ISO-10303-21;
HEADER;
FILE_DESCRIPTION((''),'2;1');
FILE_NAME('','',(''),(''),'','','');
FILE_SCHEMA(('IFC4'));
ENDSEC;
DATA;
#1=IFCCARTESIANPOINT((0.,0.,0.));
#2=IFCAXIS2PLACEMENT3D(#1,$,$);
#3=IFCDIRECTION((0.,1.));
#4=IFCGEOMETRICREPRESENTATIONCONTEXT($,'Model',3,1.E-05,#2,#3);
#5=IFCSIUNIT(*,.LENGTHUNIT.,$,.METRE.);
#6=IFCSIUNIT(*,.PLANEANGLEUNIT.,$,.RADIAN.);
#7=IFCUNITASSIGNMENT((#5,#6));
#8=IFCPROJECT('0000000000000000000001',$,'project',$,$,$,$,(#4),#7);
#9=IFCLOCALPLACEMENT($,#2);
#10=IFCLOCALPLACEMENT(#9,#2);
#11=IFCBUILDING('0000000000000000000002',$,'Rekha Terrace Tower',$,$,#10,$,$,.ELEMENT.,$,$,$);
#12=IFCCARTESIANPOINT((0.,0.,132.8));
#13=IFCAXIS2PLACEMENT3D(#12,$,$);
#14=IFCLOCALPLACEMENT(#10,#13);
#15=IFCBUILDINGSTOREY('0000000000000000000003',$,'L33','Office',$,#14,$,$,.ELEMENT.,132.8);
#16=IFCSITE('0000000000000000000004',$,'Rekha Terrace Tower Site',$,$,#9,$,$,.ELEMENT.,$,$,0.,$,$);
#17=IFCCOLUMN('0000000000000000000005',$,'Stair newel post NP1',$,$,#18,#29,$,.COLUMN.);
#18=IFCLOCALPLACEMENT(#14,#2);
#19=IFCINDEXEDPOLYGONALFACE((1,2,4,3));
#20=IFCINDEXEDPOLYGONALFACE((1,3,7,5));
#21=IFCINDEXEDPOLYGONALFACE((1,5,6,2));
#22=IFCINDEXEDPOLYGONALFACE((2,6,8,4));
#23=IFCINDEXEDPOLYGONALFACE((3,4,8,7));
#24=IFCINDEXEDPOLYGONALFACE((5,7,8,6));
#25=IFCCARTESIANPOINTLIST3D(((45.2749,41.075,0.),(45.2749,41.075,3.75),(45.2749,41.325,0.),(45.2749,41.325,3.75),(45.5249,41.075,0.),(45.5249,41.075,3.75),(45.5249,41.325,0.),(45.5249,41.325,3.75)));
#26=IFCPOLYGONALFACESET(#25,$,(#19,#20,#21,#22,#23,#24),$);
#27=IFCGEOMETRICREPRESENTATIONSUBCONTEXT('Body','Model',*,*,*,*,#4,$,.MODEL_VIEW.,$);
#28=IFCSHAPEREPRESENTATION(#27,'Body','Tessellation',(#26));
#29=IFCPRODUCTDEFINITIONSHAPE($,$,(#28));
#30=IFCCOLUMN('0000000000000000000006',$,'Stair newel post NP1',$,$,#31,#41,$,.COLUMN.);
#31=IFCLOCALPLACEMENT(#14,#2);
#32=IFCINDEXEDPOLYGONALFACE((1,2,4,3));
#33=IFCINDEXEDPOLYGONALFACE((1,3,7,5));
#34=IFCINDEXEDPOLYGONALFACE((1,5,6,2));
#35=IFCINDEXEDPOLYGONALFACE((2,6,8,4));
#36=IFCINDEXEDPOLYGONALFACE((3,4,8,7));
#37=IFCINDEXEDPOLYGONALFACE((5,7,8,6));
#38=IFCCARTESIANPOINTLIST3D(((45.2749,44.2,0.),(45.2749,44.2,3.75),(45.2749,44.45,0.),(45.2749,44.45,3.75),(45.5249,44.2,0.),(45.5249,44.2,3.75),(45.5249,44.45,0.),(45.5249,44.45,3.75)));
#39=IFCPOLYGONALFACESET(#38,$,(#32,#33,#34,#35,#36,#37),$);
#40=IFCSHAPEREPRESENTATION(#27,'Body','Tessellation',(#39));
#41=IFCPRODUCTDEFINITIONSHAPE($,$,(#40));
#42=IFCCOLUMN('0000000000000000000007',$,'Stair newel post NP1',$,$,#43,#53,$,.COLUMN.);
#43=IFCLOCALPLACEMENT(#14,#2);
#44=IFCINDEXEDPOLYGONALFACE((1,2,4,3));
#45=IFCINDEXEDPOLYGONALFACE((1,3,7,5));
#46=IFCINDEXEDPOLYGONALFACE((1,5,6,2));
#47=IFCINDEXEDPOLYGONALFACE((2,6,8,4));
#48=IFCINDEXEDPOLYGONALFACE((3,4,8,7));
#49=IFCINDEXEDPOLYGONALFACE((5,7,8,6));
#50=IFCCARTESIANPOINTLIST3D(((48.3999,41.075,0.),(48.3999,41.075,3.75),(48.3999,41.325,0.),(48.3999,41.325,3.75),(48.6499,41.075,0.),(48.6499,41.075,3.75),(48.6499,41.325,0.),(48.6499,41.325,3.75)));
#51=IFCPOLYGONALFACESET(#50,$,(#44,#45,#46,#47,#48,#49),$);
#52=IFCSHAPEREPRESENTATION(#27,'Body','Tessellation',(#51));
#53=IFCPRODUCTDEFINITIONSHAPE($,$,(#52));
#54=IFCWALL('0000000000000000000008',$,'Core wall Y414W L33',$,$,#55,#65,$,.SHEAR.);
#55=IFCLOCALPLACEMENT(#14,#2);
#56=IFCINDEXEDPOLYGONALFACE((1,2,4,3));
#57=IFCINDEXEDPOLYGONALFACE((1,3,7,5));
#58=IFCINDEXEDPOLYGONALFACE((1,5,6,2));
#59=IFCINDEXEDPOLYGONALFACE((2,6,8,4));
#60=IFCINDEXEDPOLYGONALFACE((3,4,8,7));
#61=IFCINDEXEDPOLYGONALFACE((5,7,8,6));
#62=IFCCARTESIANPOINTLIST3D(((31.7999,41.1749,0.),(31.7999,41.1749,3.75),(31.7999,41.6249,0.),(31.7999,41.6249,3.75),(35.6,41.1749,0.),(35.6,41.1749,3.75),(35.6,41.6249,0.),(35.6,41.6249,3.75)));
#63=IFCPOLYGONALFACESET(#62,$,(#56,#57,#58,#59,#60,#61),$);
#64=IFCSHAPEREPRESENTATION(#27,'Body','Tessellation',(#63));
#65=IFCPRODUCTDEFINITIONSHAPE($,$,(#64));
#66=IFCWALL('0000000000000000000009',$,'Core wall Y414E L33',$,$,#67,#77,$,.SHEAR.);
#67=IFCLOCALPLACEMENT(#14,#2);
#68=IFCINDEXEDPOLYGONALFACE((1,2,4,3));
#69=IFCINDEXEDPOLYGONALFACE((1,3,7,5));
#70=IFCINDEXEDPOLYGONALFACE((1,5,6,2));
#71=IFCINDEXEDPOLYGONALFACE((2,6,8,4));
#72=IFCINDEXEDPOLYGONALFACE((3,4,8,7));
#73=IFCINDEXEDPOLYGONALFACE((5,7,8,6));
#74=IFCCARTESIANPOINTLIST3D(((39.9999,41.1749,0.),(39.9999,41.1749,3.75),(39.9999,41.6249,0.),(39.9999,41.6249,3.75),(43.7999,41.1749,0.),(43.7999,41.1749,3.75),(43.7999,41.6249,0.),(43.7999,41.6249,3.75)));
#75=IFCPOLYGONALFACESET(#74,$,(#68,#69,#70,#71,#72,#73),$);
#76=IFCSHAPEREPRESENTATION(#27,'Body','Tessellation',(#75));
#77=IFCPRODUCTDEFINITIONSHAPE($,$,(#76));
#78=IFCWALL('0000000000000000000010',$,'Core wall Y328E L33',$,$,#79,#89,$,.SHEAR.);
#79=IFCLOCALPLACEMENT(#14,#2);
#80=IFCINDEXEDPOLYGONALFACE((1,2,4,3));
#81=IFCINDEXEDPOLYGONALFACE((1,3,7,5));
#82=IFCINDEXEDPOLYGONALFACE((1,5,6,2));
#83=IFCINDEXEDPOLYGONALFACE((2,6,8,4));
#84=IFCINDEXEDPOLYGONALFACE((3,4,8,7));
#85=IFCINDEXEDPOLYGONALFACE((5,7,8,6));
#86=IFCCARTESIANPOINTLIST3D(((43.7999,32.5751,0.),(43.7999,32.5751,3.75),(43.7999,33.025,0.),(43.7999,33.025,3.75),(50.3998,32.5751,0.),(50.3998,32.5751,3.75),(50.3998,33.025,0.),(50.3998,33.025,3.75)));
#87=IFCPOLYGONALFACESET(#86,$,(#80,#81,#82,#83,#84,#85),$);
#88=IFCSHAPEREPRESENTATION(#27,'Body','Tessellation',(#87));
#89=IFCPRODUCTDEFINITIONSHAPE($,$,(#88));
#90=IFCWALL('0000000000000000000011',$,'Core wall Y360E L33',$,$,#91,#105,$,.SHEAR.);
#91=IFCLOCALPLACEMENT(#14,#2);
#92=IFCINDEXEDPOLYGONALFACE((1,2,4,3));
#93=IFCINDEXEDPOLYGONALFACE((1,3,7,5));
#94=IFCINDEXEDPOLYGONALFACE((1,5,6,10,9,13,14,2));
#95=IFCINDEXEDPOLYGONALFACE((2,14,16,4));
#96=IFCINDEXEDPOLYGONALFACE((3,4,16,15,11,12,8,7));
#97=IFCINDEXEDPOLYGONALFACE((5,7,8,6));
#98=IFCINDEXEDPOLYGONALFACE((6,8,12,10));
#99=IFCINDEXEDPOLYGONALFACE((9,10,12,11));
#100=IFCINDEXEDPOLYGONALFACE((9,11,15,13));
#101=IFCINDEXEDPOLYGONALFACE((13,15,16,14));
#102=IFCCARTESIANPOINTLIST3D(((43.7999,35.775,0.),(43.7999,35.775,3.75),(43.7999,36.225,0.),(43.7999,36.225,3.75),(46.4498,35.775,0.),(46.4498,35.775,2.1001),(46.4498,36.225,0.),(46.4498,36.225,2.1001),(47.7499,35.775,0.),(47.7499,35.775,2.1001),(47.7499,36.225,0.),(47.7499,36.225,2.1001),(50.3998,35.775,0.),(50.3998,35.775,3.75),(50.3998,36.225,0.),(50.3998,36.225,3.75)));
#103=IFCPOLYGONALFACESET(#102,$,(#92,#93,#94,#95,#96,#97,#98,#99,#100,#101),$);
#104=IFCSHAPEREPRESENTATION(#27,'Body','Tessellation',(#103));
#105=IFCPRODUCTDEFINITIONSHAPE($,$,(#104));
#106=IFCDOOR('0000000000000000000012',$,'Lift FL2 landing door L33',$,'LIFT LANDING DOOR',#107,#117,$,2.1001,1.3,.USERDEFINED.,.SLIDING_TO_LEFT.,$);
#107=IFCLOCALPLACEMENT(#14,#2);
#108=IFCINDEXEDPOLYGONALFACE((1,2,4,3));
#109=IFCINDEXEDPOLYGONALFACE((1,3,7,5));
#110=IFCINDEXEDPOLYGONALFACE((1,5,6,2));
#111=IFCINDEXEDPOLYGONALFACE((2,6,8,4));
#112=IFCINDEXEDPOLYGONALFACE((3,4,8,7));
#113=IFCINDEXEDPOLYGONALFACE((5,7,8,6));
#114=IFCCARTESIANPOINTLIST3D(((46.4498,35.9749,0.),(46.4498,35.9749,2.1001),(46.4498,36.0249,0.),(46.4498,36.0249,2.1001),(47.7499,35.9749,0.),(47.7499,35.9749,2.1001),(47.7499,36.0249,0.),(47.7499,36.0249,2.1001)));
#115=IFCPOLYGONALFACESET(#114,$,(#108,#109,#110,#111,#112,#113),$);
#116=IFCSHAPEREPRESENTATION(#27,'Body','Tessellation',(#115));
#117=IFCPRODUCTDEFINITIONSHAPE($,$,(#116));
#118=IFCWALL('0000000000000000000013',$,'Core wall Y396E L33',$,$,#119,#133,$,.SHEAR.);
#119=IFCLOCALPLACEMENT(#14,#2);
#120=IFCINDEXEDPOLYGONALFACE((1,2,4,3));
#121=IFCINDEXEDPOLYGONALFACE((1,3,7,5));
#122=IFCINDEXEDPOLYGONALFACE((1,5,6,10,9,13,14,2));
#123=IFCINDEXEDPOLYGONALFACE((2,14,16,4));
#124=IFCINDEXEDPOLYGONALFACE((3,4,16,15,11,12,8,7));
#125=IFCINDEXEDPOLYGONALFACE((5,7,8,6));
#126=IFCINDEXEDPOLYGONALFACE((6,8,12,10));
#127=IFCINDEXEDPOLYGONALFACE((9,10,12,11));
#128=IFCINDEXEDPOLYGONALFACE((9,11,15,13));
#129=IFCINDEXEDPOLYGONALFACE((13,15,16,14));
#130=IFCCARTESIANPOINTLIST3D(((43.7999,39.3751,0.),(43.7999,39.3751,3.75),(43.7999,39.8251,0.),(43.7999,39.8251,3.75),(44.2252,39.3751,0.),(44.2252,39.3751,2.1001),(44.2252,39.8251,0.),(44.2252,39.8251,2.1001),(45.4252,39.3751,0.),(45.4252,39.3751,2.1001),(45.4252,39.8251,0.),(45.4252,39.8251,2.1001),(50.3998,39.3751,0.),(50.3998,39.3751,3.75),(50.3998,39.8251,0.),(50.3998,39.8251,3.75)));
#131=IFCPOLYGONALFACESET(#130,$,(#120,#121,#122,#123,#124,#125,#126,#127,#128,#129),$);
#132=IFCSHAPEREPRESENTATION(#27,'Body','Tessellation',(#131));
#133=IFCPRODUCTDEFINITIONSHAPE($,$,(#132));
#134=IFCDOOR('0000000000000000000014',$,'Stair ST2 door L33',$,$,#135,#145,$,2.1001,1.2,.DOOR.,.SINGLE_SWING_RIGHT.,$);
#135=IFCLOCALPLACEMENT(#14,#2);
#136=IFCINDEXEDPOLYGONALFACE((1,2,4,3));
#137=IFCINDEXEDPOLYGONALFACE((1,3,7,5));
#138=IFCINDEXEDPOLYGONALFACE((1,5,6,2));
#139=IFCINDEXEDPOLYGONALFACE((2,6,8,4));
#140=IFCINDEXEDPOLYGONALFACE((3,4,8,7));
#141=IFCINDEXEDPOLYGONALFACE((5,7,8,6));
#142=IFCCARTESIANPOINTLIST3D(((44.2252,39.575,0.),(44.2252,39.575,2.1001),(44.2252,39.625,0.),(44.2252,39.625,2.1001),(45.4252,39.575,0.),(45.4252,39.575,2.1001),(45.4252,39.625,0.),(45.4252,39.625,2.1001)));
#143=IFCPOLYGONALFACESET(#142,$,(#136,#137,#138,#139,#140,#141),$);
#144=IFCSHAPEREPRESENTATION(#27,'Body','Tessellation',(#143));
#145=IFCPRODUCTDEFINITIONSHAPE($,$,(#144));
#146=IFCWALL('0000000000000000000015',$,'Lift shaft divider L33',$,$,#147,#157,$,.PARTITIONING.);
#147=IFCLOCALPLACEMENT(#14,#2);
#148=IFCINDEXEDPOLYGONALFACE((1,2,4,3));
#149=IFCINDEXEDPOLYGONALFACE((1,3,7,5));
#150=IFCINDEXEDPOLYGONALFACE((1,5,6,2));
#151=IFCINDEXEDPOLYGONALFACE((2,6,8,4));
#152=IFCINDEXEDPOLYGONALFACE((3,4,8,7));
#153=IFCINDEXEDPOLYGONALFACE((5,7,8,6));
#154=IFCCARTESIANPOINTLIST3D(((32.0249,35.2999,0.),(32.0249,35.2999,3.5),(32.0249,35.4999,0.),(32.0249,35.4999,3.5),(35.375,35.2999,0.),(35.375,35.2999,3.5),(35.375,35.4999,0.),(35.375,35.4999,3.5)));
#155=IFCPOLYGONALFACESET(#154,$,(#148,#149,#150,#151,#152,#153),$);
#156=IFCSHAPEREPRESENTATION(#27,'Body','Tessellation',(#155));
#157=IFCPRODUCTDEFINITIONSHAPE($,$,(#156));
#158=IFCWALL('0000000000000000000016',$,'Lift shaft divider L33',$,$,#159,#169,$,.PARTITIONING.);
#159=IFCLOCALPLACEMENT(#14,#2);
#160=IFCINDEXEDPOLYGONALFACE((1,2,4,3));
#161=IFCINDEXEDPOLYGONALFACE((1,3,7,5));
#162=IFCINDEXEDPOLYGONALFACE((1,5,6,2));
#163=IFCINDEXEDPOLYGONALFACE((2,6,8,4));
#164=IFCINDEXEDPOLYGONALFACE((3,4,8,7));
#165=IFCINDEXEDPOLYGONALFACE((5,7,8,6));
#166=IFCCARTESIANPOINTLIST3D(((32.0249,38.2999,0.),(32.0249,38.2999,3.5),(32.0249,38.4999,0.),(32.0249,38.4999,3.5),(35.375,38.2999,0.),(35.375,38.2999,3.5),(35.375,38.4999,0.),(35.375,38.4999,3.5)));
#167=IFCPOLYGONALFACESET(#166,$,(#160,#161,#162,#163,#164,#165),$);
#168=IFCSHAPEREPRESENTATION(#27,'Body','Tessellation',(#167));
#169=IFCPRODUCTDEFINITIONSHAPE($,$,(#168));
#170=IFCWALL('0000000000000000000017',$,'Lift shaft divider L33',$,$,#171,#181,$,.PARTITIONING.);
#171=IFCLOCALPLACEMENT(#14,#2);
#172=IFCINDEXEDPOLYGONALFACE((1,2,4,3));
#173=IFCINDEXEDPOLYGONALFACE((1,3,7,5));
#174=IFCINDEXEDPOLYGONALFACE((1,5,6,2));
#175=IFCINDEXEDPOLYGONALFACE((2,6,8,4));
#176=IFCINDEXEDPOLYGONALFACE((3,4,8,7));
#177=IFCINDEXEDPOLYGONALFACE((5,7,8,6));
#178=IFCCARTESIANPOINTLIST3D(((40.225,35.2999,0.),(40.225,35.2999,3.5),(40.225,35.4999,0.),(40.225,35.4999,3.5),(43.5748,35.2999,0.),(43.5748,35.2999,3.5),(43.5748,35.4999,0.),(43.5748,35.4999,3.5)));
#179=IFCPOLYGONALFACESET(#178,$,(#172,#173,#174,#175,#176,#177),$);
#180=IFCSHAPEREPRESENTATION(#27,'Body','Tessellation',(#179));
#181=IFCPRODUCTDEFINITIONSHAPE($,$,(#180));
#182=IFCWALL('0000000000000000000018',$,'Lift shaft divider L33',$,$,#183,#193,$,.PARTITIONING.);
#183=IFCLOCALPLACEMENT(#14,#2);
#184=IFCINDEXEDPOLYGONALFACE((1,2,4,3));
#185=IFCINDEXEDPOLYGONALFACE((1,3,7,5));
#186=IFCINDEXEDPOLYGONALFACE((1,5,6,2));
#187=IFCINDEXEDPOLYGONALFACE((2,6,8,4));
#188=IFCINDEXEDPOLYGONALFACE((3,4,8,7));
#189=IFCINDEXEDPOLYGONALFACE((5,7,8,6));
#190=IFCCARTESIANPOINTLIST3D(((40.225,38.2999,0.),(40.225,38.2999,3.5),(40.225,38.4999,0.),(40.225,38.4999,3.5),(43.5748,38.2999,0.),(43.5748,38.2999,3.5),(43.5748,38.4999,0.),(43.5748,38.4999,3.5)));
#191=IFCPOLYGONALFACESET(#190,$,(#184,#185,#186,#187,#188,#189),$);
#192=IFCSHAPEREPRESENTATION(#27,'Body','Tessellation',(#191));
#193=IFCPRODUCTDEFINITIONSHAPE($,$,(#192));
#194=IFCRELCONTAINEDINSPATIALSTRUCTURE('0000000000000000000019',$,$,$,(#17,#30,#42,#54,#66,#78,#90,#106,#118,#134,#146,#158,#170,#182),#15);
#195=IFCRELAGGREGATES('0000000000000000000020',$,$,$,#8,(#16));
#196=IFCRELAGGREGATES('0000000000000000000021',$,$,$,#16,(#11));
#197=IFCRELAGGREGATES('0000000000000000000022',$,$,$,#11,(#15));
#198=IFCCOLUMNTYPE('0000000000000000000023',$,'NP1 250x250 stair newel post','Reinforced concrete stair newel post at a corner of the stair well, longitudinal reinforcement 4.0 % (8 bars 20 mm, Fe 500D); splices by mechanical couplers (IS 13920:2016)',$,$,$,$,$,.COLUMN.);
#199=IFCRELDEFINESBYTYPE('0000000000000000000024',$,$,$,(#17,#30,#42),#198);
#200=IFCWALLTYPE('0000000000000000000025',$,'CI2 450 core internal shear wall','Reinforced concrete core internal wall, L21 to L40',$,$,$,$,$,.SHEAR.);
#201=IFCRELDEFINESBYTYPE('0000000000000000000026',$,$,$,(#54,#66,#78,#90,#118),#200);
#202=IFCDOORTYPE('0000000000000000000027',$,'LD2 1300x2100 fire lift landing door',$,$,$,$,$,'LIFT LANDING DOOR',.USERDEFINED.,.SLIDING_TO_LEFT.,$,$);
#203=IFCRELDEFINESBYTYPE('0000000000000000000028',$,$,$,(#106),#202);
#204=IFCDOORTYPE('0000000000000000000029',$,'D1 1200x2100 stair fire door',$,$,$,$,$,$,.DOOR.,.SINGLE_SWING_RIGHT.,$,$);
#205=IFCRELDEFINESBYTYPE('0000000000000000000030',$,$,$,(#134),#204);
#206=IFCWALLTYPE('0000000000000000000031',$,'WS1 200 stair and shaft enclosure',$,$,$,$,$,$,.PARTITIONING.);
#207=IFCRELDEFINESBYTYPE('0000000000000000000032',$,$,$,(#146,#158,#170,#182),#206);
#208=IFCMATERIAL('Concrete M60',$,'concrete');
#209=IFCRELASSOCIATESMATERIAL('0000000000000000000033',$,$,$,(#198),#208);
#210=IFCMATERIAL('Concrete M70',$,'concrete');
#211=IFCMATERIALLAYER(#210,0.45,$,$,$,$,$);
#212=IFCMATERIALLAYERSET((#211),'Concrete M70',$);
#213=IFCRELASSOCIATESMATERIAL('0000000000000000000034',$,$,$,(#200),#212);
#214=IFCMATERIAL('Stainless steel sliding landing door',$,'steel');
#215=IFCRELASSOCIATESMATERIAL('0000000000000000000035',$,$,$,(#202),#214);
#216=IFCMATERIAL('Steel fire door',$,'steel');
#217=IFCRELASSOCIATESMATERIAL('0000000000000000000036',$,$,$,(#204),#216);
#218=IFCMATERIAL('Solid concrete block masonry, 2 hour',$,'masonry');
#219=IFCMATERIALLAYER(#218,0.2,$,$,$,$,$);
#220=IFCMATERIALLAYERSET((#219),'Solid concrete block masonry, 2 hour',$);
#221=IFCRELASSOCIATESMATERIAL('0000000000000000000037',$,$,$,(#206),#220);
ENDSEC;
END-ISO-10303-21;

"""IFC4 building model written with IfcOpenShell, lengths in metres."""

from ifc_helpers import new_model, si_unit, direction, frame, frame_2d, origin, origin_2d, place, context, subcontext, project, spatial, rectangle, extrude, material, layer, layer_set, material_profile, profile_set, type_object, element, fill, save


model = new_model("IFC4")

# Units and contexts
model_context = context("Model", 3, precision=1e-05, world=origin(), true_north=direction((0.0, 1.0)))
body_context = subcontext(model_context, "Body", "Model", "MODEL_VIEW")
ifc_project = project(units=[si_unit("LENGTHUNIT", "METRE"), si_unit("PLANEANGLEUNIT", "RADIAN")], contexts=[model_context])

# Site, building, storey
site_placement = place(None, origin())
site = spatial("IfcSite", under=ifc_project, at=site_placement, Name="Rekha Terrace Tower Site", CompositionType="ELEMENT", RefElevation=0.0)
building_placement = place(site_placement, origin())
building = spatial("IfcBuilding", under=site, at=building_placement, Name="Rekha Terrace Tower", CompositionType="ELEMENT")
storey_placement = place(building_placement, frame((0.0, 0.0, 132.8)))
storey = spatial("IfcBuildingStorey", under=building, at=storey_placement, Name="L33", Description="Office", CompositionType="ELEMENT", Elevation=132.8)

# Columns
ifc_material_1 = material(Name="Concrete M60", Category="concrete")
ifc_material_profile = material_profile(ifc_material_1, rectangle(XDim=0.25, YDim=0.25, at=origin_2d()), Name="RC 250x250")
ifc_profile_set = profile_set([ifc_material_profile], Name="Concrete M60")
column_type = type_object("IfcColumnType", Name="NP1 250x250 stair newel post", Description="Reinforced concrete stair newel post at a corner of the stair well, longitudinal reinforcement 4.0 % (8 bars 20 mm, Fe 500D); splices by mechanical couplers (IS 13920:2016)", PredefinedType="COLUMN", material=ifc_profile_set)
for number, where, z_axis, x_axis, name in (
    (1, (45.3999, 41.2, 0.0), (0.0, 0.0, 1.0), (1.0, 0.0, 0.0), "Stair newel post NP1"),
    (2, (45.3999, 44.325, 0.0), (0.0, 0.0, 1.0), (1.0, 0.0, 0.0), "Stair newel post NP1"),
    (3, (48.5249, 41.2, 0.0), (0.0, 0.0, 1.0), (1.0, 0.0, 0.0), "Stair newel post NP1"),
):
    element("IfcColumn", number, at=place(storey_placement, frame(where, z_axis=z_axis, x_axis=x_axis)), inside=storey, type_object=column_type, Name=name, PredefinedType="COLUMN", context=body_context, shape_type="SweptSolid", body=[
        extrude(rectangle(XDim=0.25, YDim=0.25, at=origin_2d()), origin(), (0.0, 0.0, 1.0), 3.75),
    ])

# Walls
ifc_material_2 = material(Name="Concrete M70", Category="concrete")
ifc_layer_1 = layer(ifc_material_2, 0.45)
ifc_layer_set_1 = layer_set([ifc_layer_1], Name="Concrete M70")
wall_type_1 = type_object("IfcWallType", Name="CI2 450 core internal shear wall", Description="Reinforced concrete core internal wall, L21 to L40", PredefinedType="SHEAR", material=ifc_layer_set_1)
for number, where, z_axis, x_axis, name in (
    (4, (31.8, 41.3999, 0.0), (0.0, 0.0, 1.0), (1.0, 0.0, 0.0), "Core wall Y414W L33"),
    (5, (40.0, 41.3999, 0.0), (0.0, 0.0, 1.0), (1.0, 0.0, 0.0), "Core wall Y414E L33"),
):
    element("IfcWall", number, at=place(storey_placement, frame(where, z_axis=z_axis, x_axis=x_axis)), inside=storey, type_object=wall_type_1, Name=name, PredefinedType="SHEAR", context=body_context, shape_type="SweptSolid", body=[
        extrude(rectangle(XDim=3.8, YDim=0.45, at=frame_2d((1.8999, 0.0))), origin(), (0.0, 0.0, 1.0), 3.75),
    ])
wall_1_placement = place(storey_placement, frame((43.8, 32.8, 0.0), z_axis=(0.0, 0.0, 1.0), x_axis=(1.0, 0.0, 0.0)))
element("IfcWall", 6, at=wall_1_placement, inside=storey, type_object=wall_type_1, Name="Core wall Y328E L33", PredefinedType="SHEAR", context=body_context, shape_type="SweptSolid", body=[
    extrude(rectangle(XDim=6.5999, YDim=0.45, at=frame_2d((3.2998, 0.0))), origin(), (0.0, 0.0, 1.0), 3.75),
])

# Walls, openings, doors
wall_2_placement = place(storey_placement, frame((43.8, 36.0, 0.0), z_axis=(0.0, 0.0, 1.0), x_axis=(1.0, 0.0, 0.0)))
wall_2 = element("IfcWall", 7, at=wall_2_placement, inside=storey, type_object=wall_type_1, Name="Core wall Y360E L33", PredefinedType="SHEAR", context=body_context, shape_type="SweptSolid", body=[
    extrude(rectangle(XDim=6.5999, YDim=0.45, at=frame_2d((3.2998, 0.0))), origin(), (0.0, 0.0, 1.0), 3.75),
])
opening_1_placement = place(wall_2_placement, frame((2.6499, 0.0, 0.0)))
opening_1 = element("IfcOpeningElement", 8, at=opening_1_placement, cuts=wall_2, PredefinedType="OPENING", context=body_context, shape_type="SweptSolid", body=[
    extrude(rectangle(XDim=1.3, YDim=2.1001, at=frame_2d((0.6499, 1.05))), frame((0.0, 0.2349, 0.0), z_axis=(0.0, -1.0, 0.0), x_axis=(1.0, 0.0, 0.0)), (0.0, 0.0, 1.0), 0.47),
])
ifc_material_3 = material(Name="Stainless steel sliding landing door", Category="steel")
door_type_1 = type_object("IfcDoorType", Name="LD2 1300x2100 fire lift landing door", ElementType="LIFT LANDING DOOR", OperationType="SLIDING_TO_LEFT", PredefinedType="USERDEFINED", material=ifc_material_3)
door_1_placement = place(opening_1_placement, origin())
door_1 = element("IfcDoor", 9, at=door_1_placement, inside=storey, type_object=door_type_1, Name="Lift FL2 landing door L33", ObjectType="LIFT LANDING DOOR", OperationType="SLIDING_TO_LEFT", OverallHeight=2.1001, OverallWidth=1.3, PredefinedType="USERDEFINED", context=body_context, shape_type="SweptSolid", body=[
    extrude(rectangle(XDim=1.3, YDim=2.1001, at=frame_2d((0.6499, 1.05))), frame((0.0, 0.0249, 0.0), z_axis=(0.0, -1.0, 0.0), x_axis=(1.0, 0.0, 0.0)), (0.0, 0.0, 1.0), 0.05),
])
fill(opening_1, door_1)
wall_3_placement = place(storey_placement, frame((43.8, 39.6001, 0.0), z_axis=(0.0, 0.0, 1.0), x_axis=(1.0, 0.0, 0.0)))
wall_3 = element("IfcWall", 10, at=wall_3_placement, inside=storey, type_object=wall_type_1, Name="Core wall Y396E L33", PredefinedType="SHEAR", context=body_context, shape_type="SweptSolid", body=[
    extrude(rectangle(XDim=6.5999, YDim=0.45, at=frame_2d((3.2998, 0.0))), origin(), (0.0, 0.0, 1.0), 3.75),
])
opening_2_placement = place(wall_3_placement, frame((0.425, 0.0, 0.0)))
opening_2 = element("IfcOpeningElement", 11, at=opening_2_placement, cuts=wall_3, PredefinedType="OPENING", context=body_context, shape_type="SweptSolid", body=[
    extrude(rectangle(XDim=1.2, YDim=2.1001, at=frame_2d((0.6001, 1.05))), frame((0.0, 0.2349, 0.0), z_axis=(0.0, -1.0, 0.0), x_axis=(1.0, 0.0, 0.0)), (0.0, 0.0, 1.0), 0.47),
])
ifc_material_4 = material(Name="Steel fire door", Category="steel")
door_type_2 = type_object("IfcDoorType", Name="D1 1200x2100 stair fire door", OperationType="SINGLE_SWING_RIGHT", PredefinedType="DOOR", material=ifc_material_4)
door_2_placement = place(opening_2_placement, origin())
door_2 = element("IfcDoor", 12, at=door_2_placement, inside=storey, type_object=door_type_2, Name="Stair ST2 door L33", OperationType="SINGLE_SWING_RIGHT", OverallHeight=2.1001, OverallWidth=1.2, PredefinedType="DOOR", context=body_context, shape_type="SweptSolid", body=[
    extrude(rectangle(XDim=1.2, YDim=2.1001, at=frame_2d((0.6001, 1.05))), frame((0.0, 0.0249, 0.0), z_axis=(0.0, -1.0, 0.0), x_axis=(1.0, 0.0, 0.0)), (0.0, 0.0, 1.0), 0.05),
])
fill(opening_2, door_2)

# Walls
ifc_material_5 = material(Name="Solid concrete block masonry, 2 hour", Category="masonry")
ifc_layer_2 = layer(ifc_material_5, 0.2)
ifc_layer_set_2 = layer_set([ifc_layer_2], Name="Solid concrete block masonry, 2 hour")
wall_type_2 = type_object("IfcWallType", Name="WS1 200 stair and shaft enclosure", PredefinedType="PARTITIONING", material=ifc_layer_set_2)
for number, where, z_axis, x_axis, name in (
    (13, (32.0249, 35.3999, 0.0), (0.0, 0.0, 1.0), (1.0, 0.0, 0.0), "Lift shaft divider L33"),
    (14, (32.0249, 38.3999, 0.0), (0.0, 0.0, 1.0), (1.0, 0.0, 0.0), "Lift shaft divider L33"),
):
    element("IfcWall", number, at=place(storey_placement, frame(where, z_axis=z_axis, x_axis=x_axis)), inside=storey, type_object=wall_type_2, Name=name, PredefinedType="PARTITIONING", context=body_context, shape_type="SweptSolid", body=[
        extrude(rectangle(XDim=3.3501, YDim=0.2, at=frame_2d((1.675, 0.0))), origin(), (0.0, 0.0, 1.0), 3.5),
    ])
for number, where, z_axis, x_axis, name in (
    (15, (40.2251, 35.3999, 0.0), (0.0, 0.0, 1.0), (1.0, 0.0, 0.0), "Lift shaft divider L33"),
    (16, (40.2251, 38.3999, 0.0), (0.0, 0.0, 1.0), (1.0, 0.0, 0.0), "Lift shaft divider L33"),
):
    element("IfcWall", number, at=place(storey_placement, frame(where, z_axis=z_axis, x_axis=x_axis)), inside=storey, type_object=wall_type_2, Name=name, PredefinedType="PARTITIONING", context=body_context, shape_type="SweptSolid", body=[
        extrude(rectangle(XDim=3.3499, YDim=0.2, at=frame_2d((1.6748, 0.0))), origin(), (0.0, 0.0, 1.0), 3.5),
    ])

save(model, "model.ifc")
